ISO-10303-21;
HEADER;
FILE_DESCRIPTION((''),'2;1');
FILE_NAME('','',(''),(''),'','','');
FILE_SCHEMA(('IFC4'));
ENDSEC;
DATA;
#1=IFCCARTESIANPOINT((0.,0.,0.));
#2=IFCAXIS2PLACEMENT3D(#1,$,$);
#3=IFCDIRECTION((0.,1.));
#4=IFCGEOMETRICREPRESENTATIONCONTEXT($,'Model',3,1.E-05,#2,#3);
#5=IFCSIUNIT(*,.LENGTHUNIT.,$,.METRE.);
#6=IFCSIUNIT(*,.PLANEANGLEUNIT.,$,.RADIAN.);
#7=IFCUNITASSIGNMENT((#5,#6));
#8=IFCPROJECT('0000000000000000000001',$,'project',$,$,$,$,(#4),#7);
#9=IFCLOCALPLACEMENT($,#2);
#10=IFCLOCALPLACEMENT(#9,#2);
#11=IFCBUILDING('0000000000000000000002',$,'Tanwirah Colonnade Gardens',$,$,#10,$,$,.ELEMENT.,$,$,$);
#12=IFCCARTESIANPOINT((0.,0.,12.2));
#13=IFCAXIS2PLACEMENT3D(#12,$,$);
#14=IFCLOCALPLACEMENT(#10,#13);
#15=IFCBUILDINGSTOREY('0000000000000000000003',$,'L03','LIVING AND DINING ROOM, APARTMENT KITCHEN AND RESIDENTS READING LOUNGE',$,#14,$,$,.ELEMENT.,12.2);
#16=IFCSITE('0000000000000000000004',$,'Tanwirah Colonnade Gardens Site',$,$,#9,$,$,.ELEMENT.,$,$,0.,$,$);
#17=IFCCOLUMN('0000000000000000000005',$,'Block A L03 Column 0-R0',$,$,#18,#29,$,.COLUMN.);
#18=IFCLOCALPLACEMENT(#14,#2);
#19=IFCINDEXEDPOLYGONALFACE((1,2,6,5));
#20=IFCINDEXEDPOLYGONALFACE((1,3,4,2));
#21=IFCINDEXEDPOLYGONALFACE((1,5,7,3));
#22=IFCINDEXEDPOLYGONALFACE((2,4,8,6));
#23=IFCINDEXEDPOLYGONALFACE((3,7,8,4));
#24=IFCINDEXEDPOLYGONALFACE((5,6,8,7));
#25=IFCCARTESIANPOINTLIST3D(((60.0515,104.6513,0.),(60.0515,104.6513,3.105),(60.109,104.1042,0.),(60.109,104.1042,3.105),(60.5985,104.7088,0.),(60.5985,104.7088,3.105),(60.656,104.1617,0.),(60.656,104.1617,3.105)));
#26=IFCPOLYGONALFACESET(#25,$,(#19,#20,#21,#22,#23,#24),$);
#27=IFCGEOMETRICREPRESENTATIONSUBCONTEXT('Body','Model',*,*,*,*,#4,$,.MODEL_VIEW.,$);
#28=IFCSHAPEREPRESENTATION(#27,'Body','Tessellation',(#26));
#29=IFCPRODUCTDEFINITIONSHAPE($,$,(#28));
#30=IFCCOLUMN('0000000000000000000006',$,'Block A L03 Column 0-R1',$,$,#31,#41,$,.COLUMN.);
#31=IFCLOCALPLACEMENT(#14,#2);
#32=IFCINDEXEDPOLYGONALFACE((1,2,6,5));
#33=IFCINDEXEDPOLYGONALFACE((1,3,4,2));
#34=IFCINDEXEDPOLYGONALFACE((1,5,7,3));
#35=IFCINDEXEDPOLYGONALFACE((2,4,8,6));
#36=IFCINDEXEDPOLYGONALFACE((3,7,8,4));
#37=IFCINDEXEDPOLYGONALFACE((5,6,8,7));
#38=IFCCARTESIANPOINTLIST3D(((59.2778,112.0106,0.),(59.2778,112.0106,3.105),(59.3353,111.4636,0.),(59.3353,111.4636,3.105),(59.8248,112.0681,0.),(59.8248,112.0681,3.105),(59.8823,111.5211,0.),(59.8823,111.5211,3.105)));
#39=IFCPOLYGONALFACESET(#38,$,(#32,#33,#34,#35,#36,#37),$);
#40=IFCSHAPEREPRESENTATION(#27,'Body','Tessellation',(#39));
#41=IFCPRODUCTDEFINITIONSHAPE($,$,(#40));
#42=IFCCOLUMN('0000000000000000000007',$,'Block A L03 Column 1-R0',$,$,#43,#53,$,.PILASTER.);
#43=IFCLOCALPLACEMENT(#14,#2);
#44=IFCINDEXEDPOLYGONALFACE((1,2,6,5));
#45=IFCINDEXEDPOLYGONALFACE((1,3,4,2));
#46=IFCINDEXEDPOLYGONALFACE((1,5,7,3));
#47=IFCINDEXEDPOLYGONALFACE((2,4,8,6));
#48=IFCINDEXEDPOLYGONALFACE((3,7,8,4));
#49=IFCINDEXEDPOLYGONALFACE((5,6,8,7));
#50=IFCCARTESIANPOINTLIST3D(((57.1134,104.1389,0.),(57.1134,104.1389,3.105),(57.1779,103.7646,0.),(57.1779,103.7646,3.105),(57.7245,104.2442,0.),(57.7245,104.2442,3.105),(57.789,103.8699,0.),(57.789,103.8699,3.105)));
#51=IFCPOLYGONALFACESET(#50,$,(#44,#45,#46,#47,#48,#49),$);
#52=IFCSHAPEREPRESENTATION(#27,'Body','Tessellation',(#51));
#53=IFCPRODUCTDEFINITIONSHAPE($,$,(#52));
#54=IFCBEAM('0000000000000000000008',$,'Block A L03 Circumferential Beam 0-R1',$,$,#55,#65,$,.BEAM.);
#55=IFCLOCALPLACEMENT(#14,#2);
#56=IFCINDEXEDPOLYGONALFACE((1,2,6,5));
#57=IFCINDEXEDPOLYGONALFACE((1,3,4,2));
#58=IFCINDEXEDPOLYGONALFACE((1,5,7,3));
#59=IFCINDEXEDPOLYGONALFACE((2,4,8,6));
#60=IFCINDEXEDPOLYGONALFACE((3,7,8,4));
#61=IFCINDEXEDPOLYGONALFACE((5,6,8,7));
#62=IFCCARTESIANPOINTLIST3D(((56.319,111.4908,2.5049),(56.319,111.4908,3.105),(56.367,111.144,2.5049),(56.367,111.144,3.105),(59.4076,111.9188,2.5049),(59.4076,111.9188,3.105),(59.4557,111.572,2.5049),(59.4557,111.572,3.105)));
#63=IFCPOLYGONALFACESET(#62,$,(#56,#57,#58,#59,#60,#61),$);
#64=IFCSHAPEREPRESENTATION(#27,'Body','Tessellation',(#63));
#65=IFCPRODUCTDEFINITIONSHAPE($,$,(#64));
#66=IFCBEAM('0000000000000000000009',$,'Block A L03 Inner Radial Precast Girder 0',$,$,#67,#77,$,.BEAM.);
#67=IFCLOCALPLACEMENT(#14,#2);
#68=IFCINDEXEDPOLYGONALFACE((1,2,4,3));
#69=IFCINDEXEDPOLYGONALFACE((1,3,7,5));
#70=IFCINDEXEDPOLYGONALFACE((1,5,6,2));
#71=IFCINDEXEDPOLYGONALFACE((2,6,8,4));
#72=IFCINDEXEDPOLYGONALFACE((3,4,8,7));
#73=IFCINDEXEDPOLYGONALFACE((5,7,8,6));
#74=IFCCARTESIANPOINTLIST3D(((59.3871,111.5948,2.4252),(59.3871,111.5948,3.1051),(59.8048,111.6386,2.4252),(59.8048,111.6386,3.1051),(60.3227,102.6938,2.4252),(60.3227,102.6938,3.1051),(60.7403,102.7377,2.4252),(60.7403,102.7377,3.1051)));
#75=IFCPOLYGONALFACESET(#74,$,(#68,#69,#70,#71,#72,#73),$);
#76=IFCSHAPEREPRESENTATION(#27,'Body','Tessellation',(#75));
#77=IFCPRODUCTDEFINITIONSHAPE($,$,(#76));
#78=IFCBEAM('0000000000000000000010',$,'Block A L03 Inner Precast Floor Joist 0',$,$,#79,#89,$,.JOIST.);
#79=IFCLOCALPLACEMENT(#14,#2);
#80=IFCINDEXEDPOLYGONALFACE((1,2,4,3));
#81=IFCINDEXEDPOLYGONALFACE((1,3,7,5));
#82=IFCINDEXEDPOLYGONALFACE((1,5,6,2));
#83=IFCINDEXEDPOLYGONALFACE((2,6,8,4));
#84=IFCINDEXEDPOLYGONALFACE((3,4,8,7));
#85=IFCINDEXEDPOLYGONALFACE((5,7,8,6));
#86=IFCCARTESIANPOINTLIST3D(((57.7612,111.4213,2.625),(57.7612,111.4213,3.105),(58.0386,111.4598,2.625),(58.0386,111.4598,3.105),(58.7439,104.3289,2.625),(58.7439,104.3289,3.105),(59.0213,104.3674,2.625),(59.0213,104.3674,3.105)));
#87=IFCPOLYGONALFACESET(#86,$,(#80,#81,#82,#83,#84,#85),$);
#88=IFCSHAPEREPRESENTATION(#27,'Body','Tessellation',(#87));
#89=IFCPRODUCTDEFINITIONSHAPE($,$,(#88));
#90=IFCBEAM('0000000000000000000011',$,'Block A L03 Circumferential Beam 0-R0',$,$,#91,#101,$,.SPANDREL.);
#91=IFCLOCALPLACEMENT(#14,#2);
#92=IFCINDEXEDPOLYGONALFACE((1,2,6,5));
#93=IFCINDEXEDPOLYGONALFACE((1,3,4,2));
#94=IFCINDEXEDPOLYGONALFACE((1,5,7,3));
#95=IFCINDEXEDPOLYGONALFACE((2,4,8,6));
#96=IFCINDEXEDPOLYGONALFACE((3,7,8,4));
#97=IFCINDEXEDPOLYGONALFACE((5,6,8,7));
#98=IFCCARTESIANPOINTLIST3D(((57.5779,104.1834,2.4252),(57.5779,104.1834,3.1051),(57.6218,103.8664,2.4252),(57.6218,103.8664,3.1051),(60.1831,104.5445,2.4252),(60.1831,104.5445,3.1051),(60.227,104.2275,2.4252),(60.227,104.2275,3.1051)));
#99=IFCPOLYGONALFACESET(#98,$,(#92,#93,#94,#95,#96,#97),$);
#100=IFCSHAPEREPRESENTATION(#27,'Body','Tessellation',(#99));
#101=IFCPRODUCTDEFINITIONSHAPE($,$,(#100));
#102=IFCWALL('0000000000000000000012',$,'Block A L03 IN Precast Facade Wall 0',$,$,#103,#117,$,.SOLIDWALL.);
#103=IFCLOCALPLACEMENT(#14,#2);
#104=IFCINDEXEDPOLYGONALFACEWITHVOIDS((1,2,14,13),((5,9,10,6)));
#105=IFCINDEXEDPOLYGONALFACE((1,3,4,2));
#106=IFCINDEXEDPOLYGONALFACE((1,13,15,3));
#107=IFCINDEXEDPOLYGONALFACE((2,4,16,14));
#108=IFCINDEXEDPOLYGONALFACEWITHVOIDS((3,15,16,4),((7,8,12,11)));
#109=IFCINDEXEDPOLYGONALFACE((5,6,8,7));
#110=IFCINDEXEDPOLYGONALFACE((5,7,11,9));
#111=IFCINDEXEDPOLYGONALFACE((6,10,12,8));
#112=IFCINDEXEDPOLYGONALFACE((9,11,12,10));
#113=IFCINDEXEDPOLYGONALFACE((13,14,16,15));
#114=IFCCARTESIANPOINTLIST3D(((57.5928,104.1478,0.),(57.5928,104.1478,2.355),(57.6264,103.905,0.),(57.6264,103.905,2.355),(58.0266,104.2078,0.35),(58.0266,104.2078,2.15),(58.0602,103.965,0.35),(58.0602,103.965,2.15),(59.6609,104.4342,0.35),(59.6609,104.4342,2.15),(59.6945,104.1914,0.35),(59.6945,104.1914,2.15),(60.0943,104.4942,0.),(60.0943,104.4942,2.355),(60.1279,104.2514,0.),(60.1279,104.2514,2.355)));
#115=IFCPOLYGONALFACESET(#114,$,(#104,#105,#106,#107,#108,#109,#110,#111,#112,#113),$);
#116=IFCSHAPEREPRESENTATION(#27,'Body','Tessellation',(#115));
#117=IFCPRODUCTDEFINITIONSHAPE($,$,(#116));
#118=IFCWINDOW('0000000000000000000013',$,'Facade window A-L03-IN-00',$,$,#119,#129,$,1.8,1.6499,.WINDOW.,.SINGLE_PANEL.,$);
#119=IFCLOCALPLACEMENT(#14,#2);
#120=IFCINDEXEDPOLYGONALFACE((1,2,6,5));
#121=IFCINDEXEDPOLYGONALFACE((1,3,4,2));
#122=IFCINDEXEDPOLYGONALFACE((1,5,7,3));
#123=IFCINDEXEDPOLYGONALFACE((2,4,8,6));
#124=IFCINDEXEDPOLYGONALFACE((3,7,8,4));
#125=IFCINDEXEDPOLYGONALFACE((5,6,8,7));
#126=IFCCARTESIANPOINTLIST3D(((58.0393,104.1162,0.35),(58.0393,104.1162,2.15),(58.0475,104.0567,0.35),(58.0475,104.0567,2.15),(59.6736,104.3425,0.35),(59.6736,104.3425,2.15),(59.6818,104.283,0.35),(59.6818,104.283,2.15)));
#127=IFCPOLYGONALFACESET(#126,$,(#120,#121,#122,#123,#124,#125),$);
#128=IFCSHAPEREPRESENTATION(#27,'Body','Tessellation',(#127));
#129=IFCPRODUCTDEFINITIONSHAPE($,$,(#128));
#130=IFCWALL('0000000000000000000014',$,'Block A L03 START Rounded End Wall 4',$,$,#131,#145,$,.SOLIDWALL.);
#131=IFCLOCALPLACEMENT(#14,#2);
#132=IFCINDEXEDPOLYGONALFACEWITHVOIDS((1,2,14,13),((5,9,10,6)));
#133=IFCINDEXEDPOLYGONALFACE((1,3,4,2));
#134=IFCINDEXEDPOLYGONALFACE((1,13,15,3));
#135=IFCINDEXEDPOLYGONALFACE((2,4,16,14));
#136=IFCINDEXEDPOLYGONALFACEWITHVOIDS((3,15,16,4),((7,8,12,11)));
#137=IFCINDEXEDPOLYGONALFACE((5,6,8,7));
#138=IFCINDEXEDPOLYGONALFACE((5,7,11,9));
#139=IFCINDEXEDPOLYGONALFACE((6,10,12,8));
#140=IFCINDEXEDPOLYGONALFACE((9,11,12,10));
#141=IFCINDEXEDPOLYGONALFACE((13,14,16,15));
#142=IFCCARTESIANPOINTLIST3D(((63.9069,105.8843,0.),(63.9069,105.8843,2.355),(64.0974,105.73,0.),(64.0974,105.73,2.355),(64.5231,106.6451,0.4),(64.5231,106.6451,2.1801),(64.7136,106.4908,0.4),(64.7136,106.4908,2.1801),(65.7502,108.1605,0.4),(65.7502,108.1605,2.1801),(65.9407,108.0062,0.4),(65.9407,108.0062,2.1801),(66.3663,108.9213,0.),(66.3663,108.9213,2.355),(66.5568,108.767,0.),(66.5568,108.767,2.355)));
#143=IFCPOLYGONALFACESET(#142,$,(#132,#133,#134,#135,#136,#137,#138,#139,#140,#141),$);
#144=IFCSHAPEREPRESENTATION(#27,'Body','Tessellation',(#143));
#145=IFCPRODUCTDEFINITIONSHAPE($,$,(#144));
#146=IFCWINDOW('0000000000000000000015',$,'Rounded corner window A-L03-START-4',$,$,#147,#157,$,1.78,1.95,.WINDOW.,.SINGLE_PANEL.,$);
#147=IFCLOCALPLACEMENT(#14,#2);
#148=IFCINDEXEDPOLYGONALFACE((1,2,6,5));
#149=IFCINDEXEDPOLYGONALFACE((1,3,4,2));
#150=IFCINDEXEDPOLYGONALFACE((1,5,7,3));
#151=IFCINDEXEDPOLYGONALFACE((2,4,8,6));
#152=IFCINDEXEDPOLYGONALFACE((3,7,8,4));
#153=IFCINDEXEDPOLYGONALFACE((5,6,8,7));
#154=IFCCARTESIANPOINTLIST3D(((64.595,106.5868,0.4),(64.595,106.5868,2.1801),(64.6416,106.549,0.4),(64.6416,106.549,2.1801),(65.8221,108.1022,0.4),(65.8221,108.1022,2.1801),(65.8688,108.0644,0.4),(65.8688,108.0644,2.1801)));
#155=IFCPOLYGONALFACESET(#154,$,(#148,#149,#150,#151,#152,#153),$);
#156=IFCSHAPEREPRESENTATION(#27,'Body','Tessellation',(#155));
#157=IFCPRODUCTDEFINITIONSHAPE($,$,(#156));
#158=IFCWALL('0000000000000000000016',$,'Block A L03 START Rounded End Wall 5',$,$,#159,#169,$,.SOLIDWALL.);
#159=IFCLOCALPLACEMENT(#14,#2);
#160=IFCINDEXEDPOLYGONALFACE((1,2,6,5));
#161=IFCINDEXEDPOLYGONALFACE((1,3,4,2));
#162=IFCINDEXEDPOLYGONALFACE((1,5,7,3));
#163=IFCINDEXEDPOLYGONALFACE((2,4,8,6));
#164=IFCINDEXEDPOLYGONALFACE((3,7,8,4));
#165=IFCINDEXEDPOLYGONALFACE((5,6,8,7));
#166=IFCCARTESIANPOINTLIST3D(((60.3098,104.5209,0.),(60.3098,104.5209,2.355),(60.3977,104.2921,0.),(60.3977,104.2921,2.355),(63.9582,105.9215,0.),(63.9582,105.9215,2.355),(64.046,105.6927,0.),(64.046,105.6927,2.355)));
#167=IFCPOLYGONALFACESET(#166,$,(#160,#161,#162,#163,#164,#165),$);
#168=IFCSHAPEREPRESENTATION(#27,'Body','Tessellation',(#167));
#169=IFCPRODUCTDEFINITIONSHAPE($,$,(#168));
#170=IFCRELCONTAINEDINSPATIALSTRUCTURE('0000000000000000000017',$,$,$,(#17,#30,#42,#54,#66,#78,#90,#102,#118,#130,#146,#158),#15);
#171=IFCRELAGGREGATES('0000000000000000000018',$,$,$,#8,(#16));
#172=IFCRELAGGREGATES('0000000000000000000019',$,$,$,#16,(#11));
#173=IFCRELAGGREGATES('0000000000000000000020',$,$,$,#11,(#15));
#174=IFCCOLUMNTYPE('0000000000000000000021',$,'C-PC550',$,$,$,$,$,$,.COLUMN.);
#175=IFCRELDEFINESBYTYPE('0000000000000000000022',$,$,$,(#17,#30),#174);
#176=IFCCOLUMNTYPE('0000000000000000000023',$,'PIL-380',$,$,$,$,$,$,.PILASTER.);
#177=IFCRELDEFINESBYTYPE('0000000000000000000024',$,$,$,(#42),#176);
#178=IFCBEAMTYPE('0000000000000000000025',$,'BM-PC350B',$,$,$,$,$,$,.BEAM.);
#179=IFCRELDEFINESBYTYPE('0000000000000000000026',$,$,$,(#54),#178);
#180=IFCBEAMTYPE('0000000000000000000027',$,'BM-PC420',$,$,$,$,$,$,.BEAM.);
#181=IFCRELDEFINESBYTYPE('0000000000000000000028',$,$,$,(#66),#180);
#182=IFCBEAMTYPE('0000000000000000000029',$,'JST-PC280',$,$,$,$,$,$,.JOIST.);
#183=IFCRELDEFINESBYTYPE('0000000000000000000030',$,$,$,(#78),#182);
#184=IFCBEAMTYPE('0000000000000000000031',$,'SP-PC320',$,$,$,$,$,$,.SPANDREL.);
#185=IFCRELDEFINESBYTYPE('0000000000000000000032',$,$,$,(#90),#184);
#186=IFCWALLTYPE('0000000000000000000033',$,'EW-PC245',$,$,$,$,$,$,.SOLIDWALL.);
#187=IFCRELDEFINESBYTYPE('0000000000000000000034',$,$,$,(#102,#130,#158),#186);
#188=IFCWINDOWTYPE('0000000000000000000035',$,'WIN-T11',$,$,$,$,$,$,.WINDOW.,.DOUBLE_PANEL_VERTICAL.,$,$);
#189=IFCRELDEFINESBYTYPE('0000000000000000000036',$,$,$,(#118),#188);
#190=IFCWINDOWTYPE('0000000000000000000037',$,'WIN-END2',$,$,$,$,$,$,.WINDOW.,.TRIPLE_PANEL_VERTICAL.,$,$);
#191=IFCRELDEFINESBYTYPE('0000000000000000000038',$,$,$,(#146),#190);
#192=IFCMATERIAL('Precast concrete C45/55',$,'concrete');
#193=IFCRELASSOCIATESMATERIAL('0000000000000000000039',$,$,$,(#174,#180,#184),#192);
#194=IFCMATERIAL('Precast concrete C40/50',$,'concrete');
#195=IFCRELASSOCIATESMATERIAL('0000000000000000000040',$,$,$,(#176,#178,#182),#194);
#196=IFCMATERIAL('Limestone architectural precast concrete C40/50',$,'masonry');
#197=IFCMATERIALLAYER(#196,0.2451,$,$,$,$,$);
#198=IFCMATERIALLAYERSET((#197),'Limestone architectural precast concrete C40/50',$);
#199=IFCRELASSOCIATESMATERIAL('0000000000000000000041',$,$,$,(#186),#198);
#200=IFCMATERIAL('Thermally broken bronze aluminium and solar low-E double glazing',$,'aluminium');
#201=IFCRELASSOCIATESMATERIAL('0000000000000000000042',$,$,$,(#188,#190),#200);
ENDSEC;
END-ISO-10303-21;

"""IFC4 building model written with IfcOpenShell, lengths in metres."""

from ifc_helpers import new_model, si_unit, direction, frame, frame_2d, origin, origin_2d, place, context, subcontext, project, spatial, rectangle, extrude, material, layer, layer_set, material_profile, profile_set, type_object, element, fill, save


model = new_model("IFC4")

# Units and contexts
model_context = context("Model", 3, precision=1e-05, world=origin(), true_north=direction((0.0, 1.0)))
body_context = subcontext(model_context, "Body", "Model", "MODEL_VIEW")
ifc_project = project(units=[si_unit("LENGTHUNIT", "METRE"), si_unit("PLANEANGLEUNIT", "RADIAN")], contexts=[model_context])

# Site, building, storey
site_placement = place(None, origin())
site = spatial("IfcSite", under=ifc_project, at=site_placement, Name="Tanwirah Colonnade Gardens Site", CompositionType="ELEMENT", RefElevation=0.0)
building_placement = place(site_placement, origin())
building = spatial("IfcBuilding", under=site, at=building_placement, Name="Tanwirah Colonnade Gardens", CompositionType="ELEMENT")
storey_placement = place(building_placement, frame((0.0, 0.0, 12.2)))
storey = spatial("IfcBuildingStorey", under=building, at=storey_placement, Name="L03", Description="LIVING AND DINING ROOM, APARTMENT KITCHEN AND RESIDENTS READING LOUNGE", CompositionType="ELEMENT", Elevation=12.2)

# Columns
ifc_material_1 = material(Name="Precast concrete C45/55", Category="concrete")
ifc_material_profile_1 = material_profile(ifc_material_1, rectangle(XDim=0.55, YDim=0.55, at=origin_2d()), Name="PC-COL 550x550")
ifc_profile_set_1 = profile_set([ifc_material_profile_1], Name="Precast concrete C45/55")
column_type_1 = type_object("IfcColumnType", Name="C-PC550", PredefinedType="COLUMN", material=ifc_profile_set_1)
for number, where, z_axis, x_axis, name in (
    (1, (60.3538, 104.4065, 0.0), (0.0, 0.0, 1.0), (-0.104528, 0.994522, 0.0), "Block A L03 Column 0-R0"),
    (2, (59.5801, 111.7659, 0.0), (0.0, 0.0, 1.0), (-0.104528, 0.994522, 0.0), "Block A L03 Column 0-R1"),
):
    element("IfcColumn", number, at=place(storey_placement, frame(where, z_axis=z_axis, x_axis=x_axis)), inside=storey, type_object=column_type_1, Name=name, PredefinedType="COLUMN", context=body_context, shape_type="SweptSolid", body=[
        extrude(rectangle(XDim=0.55, YDim=0.55, at=origin_2d()), origin(), (0.0, 0.0, 1.0), 3.105),
    ])
ifc_material_2 = material(Name="Precast concrete C40/50", Category="concrete")
ifc_material_profile_2 = material_profile(ifc_material_2, rectangle(XDim=0.3799, YDim=0.6201, at=origin_2d()), Name="PC-PIL 380x620")
ifc_profile_set_2 = profile_set([ifc_material_profile_2], Name="Precast concrete C40/50")
column_type_2 = type_object("IfcColumnType", Name="PIL-380", PredefinedType="PILASTER", material=ifc_profile_set_2)
column_placement = place(storey_placement, frame((57.4512, 104.0044, 0.0), z_axis=(0.0, 0.0, 1.0), x_axis=(-0.169827, 0.985474, 0.0)))
element("IfcColumn", 3, at=column_placement, inside=storey, type_object=column_type_2, Name="Block A L03 Column 1-R0", PredefinedType="PILASTER", context=body_context, shape_type="SweptSolid", body=[
    extrude(rectangle(XDim=0.3799, YDim=0.6201, at=origin_2d()), origin(), (0.0, 0.0, 1.0), 3.105),
])

# Beams
ifc_material_profile_3 = material_profile(ifc_material_2, rectangle(XDim=0.3501, YDim=0.6001, at=origin_2d()), Name="PC-BM 350x600")
ifc_profile_set_3 = profile_set([ifc_material_profile_3], Name="Precast concrete C40/50")
beam_type_1 = type_object("IfcBeamType", Name="BM-PC350B", PredefinedType="BEAM", material=ifc_profile_set_3)
beam_1_placement = place(storey_placement, frame((59.4316, 111.7454, 2.8049), z_axis=(-0.990536, -0.137255, 0.0), x_axis=(0.137255, -0.990536, 0.0)))
element("IfcBeam", 4, at=beam_1_placement, inside=storey, type_object=beam_type_1, Name="Block A L03 Circumferential Beam 0-R1", PredefinedType="BEAM", context=body_context, shape_type="SweptSolid", body=[
    extrude(rectangle(XDim=0.3501, YDim=0.6001, at=origin_2d()), origin(), (0.0, 0.0, 1.0), 3.1182),
])
ifc_material_profile_4 = material_profile(ifc_material_1, rectangle(XDim=0.4199, YDim=0.6799, at=origin_2d()), Name="PC-BM 420x680")
ifc_profile_set_4 = profile_set([ifc_material_profile_4], Name="Precast concrete C45/55")
beam_type_2 = type_object("IfcBeamType", Name="BM-PC420", PredefinedType="BEAM", material=ifc_profile_set_4)
beam_2_placement = place(storey_placement, frame((59.5959, 111.6167, 2.7651), z_axis=(0.104531, -0.994522, 0.0), x_axis=(0.994522, 0.104531, 0.0)))
element("IfcBeam", 5, at=beam_2_placement, inside=storey, type_object=beam_type_2, Name="Block A L03 Inner Radial Precast Girder 0", PredefinedType="BEAM", context=body_context, shape_type="SweptSolid", body=[
    extrude(rectangle(XDim=0.4199, YDim=0.6799, at=origin_2d()), origin(), (0.0, 0.0, 1.0), 8.95),
])
ifc_material_profile_5 = material_profile(ifc_material_2, rectangle(XDim=0.28, YDim=0.48, at=origin_2d()), Name="PC-JST 280x480")
ifc_profile_set_5 = profile_set([ifc_material_profile_5], Name="Precast concrete C40/50")
beam_type_3 = type_object("IfcBeamType", Name="JST-PC280", PredefinedType="JOIST", material=ifc_profile_set_5)
beam_3_placement = place(storey_placement, frame((58.8826, 104.3481, 2.865), z_axis=(-0.137243, 0.990537, 0.0), x_axis=(-0.990537, -0.137243, 0.0)))
element("IfcBeam", 6, at=beam_3_placement, inside=storey, type_object=beam_type_3, Name="Block A L03 Inner Precast Floor Joist 0", PredefinedType="JOIST", context=body_context, shape_type="SweptSolid", body=[
    extrude(rectangle(XDim=0.28, YDim=0.48, at=origin_2d()), origin(), (0.0, 0.0, 1.0), 7.1602),
])
ifc_material_profile_6 = material_profile(ifc_material_1, rectangle(XDim=0.3201, YDim=0.6799, at=origin_2d()), Name="PC-SP 320x680")
ifc_profile_set_6 = profile_set([ifc_material_profile_6], Name="Precast concrete C45/55")
beam_type_4 = type_object("IfcBeamType", Name="SP-PC320", PredefinedType="SPANDREL", material=ifc_profile_set_6)
beam_4_placement = place(storey_placement, frame((60.2051, 104.386, 2.7651), z_axis=(-0.990531, -0.137288, 0.0), x_axis=(0.137288, -0.990531, 0.0)))
element("IfcBeam", 7, at=beam_4_placement, inside=storey, type_object=beam_type_4, Name="Block A L03 Circumferential Beam 0-R0", PredefinedType="SPANDREL", context=body_context, shape_type="SweptSolid", body=[
    extrude(rectangle(XDim=0.3201, YDim=0.6799, at=origin_2d()), origin(), (0.0, 0.0, 1.0), 2.6301),
])

# Walls, openings, windows
ifc_material_3 = material(Name="Limestone architectural precast concrete C40/50", Category="masonry")
ifc_layer_1 = layer(ifc_material_3, 0.2451)
ifc_layer_set_1 = layer_set([ifc_layer_1], Name="Limestone architectural precast concrete C40/50")
wall_type_1 = type_object("IfcWallType", Name="EW-PC245", PredefinedType="SOLIDWALL", material=ifc_layer_set_1)
wall_1_placement = place(storey_placement, frame((60.1111, 104.3728, 0.0), z_axis=(0.0, 0.0, 1.0), x_axis=(-0.990546, -0.137184, 0.0)))
wall_1 = element("IfcWall", 8, at=wall_1_placement, inside=storey, type_object=wall_type_1, Name="Block A L03 IN Precast Facade Wall 0", PredefinedType="SOLIDWALL", context=body_context, shape_type="SweptSolid", body=[
    extrude(rectangle(XDim=2.5254, YDim=0.2451, at=frame_2d((1.2627, 0.0))), origin(), (0.0, 0.0, 1.0), 2.355),
])
opening_1_placement = place(wall_1_placement, frame((0.4375, 0.0, 0.3501)))
opening_1 = element("IfcOpeningElement", 9, at=opening_1_placement, cuts=wall_1, PredefinedType="OPENING", context=body_context, shape_type="SweptSolid", body=[
    extrude(rectangle(XDim=1.6499, YDim=1.8, at=frame_2d((0.825, 0.8999))), frame((0.0, 0.1326, 0.0), z_axis=(0.0, -1.0, 0.0), x_axis=(1.0, 0.0, 0.0)), (0.0, 0.0, 1.0), 0.2651),
])
ifc_material_4 = material(Name="Thermally broken bronze aluminium and solar low-E double glazing", Category="aluminium")
window_type_1 = type_object("IfcWindowType", Name="WIN-T11", PartitioningType="DOUBLE_PANEL_VERTICAL", PredefinedType="WINDOW", material=ifc_material_4)
window_1_placement = place(opening_1_placement, origin())
window_1 = element("IfcWindow", 10, at=window_1_placement, inside=storey, type_object=window_type_1, Name="Facade window A-L03-IN-00", OverallHeight=1.8, OverallWidth=1.6499, PartitioningType="SINGLE_PANEL", PredefinedType="WINDOW", context=body_context, shape_type="SweptSolid", body=[
    extrude(rectangle(XDim=1.6499, YDim=1.8, at=frame_2d((0.825, 0.8999))), frame((0.0, 0.03, 0.0), z_axis=(0.0, -1.0, 0.0), x_axis=(1.0, 0.0, 0.0)), (0.0, 0.0, 1.0), 0.0601),
])
fill(opening_1, window_1)
wall_2_placement = place(storey_placement, frame((66.4617, 108.8442, 0.0), z_axis=(0.0, 0.0, 1.0), x_axis=(-0.629331, -0.777137, 0.0)))
wall_2 = element("IfcWall", 11, at=wall_2_placement, inside=storey, type_object=wall_type_1, Name="Block A L03 START Rounded End Wall 4", PredefinedType="SOLIDWALL", context=body_context, shape_type="SweptSolid", body=[
    extrude(rectangle(XDim=3.908, YDim=0.2451, at=frame_2d((1.9541, 0.0))), origin(), (0.0, 0.0, 1.0), 2.355),
])
opening_2_placement = place(wall_2_placement, frame((0.979, 0.0, 0.3999)))
opening_2 = element("IfcOpeningElement", 12, at=opening_2_placement, cuts=wall_2, PredefinedType="OPENING", context=body_context, shape_type="SweptSolid", body=[
    extrude(rectangle(XDim=1.95, YDim=1.78, at=frame_2d((0.9751, 0.8901))), frame((0.0, 0.1326, 0.0), z_axis=(0.0, -1.0, 0.0), x_axis=(1.0, 0.0, 0.0)), (0.0, 0.0, 1.0), 0.2651),
])
window_type_2 = type_object("IfcWindowType", Name="WIN-END2", PartitioningType="TRIPLE_PANEL_VERTICAL", PredefinedType="WINDOW", material=ifc_material_4)
window_2_placement = place(opening_2_placement, origin())
window_2 = element("IfcWindow", 13, at=window_2_placement, inside=storey, type_object=window_type_2, Name="Rounded corner window A-L03-START-4", OverallHeight=1.78, OverallWidth=1.95, PartitioningType="SINGLE_PANEL", PredefinedType="WINDOW", context=body_context, shape_type="SweptSolid", body=[
    extrude(rectangle(XDim=1.95, YDim=1.78, at=frame_2d((0.9751, 0.8901))), frame((0.0, 0.03, 0.0), z_axis=(0.0, -1.0, 0.0), x_axis=(1.0, 0.0, 0.0)), (0.0, 0.0, 1.0), 0.0601),
])
fill(opening_2, window_2)

# Wall
wall_3_placement = place(storey_placement, frame((64.0022, 105.8071, 0.0), z_axis=(0.0, 0.0, 1.0), x_axis=(-0.933569, -0.358397, 0.0)))
element("IfcWall", 14, at=wall_3_placement, inside=storey, type_object=wall_type_1, Name="Block A L03 START Rounded End Wall 5", PredefinedType="SOLIDWALL", context=body_context, shape_type="SweptSolid", body=[
    extrude(rectangle(XDim=3.908, YDim=0.2451, at=frame_2d((1.9541, 0.0))), origin(), (0.0, 0.0, 1.0), 2.355),
])

save(model, "model.ifc")
